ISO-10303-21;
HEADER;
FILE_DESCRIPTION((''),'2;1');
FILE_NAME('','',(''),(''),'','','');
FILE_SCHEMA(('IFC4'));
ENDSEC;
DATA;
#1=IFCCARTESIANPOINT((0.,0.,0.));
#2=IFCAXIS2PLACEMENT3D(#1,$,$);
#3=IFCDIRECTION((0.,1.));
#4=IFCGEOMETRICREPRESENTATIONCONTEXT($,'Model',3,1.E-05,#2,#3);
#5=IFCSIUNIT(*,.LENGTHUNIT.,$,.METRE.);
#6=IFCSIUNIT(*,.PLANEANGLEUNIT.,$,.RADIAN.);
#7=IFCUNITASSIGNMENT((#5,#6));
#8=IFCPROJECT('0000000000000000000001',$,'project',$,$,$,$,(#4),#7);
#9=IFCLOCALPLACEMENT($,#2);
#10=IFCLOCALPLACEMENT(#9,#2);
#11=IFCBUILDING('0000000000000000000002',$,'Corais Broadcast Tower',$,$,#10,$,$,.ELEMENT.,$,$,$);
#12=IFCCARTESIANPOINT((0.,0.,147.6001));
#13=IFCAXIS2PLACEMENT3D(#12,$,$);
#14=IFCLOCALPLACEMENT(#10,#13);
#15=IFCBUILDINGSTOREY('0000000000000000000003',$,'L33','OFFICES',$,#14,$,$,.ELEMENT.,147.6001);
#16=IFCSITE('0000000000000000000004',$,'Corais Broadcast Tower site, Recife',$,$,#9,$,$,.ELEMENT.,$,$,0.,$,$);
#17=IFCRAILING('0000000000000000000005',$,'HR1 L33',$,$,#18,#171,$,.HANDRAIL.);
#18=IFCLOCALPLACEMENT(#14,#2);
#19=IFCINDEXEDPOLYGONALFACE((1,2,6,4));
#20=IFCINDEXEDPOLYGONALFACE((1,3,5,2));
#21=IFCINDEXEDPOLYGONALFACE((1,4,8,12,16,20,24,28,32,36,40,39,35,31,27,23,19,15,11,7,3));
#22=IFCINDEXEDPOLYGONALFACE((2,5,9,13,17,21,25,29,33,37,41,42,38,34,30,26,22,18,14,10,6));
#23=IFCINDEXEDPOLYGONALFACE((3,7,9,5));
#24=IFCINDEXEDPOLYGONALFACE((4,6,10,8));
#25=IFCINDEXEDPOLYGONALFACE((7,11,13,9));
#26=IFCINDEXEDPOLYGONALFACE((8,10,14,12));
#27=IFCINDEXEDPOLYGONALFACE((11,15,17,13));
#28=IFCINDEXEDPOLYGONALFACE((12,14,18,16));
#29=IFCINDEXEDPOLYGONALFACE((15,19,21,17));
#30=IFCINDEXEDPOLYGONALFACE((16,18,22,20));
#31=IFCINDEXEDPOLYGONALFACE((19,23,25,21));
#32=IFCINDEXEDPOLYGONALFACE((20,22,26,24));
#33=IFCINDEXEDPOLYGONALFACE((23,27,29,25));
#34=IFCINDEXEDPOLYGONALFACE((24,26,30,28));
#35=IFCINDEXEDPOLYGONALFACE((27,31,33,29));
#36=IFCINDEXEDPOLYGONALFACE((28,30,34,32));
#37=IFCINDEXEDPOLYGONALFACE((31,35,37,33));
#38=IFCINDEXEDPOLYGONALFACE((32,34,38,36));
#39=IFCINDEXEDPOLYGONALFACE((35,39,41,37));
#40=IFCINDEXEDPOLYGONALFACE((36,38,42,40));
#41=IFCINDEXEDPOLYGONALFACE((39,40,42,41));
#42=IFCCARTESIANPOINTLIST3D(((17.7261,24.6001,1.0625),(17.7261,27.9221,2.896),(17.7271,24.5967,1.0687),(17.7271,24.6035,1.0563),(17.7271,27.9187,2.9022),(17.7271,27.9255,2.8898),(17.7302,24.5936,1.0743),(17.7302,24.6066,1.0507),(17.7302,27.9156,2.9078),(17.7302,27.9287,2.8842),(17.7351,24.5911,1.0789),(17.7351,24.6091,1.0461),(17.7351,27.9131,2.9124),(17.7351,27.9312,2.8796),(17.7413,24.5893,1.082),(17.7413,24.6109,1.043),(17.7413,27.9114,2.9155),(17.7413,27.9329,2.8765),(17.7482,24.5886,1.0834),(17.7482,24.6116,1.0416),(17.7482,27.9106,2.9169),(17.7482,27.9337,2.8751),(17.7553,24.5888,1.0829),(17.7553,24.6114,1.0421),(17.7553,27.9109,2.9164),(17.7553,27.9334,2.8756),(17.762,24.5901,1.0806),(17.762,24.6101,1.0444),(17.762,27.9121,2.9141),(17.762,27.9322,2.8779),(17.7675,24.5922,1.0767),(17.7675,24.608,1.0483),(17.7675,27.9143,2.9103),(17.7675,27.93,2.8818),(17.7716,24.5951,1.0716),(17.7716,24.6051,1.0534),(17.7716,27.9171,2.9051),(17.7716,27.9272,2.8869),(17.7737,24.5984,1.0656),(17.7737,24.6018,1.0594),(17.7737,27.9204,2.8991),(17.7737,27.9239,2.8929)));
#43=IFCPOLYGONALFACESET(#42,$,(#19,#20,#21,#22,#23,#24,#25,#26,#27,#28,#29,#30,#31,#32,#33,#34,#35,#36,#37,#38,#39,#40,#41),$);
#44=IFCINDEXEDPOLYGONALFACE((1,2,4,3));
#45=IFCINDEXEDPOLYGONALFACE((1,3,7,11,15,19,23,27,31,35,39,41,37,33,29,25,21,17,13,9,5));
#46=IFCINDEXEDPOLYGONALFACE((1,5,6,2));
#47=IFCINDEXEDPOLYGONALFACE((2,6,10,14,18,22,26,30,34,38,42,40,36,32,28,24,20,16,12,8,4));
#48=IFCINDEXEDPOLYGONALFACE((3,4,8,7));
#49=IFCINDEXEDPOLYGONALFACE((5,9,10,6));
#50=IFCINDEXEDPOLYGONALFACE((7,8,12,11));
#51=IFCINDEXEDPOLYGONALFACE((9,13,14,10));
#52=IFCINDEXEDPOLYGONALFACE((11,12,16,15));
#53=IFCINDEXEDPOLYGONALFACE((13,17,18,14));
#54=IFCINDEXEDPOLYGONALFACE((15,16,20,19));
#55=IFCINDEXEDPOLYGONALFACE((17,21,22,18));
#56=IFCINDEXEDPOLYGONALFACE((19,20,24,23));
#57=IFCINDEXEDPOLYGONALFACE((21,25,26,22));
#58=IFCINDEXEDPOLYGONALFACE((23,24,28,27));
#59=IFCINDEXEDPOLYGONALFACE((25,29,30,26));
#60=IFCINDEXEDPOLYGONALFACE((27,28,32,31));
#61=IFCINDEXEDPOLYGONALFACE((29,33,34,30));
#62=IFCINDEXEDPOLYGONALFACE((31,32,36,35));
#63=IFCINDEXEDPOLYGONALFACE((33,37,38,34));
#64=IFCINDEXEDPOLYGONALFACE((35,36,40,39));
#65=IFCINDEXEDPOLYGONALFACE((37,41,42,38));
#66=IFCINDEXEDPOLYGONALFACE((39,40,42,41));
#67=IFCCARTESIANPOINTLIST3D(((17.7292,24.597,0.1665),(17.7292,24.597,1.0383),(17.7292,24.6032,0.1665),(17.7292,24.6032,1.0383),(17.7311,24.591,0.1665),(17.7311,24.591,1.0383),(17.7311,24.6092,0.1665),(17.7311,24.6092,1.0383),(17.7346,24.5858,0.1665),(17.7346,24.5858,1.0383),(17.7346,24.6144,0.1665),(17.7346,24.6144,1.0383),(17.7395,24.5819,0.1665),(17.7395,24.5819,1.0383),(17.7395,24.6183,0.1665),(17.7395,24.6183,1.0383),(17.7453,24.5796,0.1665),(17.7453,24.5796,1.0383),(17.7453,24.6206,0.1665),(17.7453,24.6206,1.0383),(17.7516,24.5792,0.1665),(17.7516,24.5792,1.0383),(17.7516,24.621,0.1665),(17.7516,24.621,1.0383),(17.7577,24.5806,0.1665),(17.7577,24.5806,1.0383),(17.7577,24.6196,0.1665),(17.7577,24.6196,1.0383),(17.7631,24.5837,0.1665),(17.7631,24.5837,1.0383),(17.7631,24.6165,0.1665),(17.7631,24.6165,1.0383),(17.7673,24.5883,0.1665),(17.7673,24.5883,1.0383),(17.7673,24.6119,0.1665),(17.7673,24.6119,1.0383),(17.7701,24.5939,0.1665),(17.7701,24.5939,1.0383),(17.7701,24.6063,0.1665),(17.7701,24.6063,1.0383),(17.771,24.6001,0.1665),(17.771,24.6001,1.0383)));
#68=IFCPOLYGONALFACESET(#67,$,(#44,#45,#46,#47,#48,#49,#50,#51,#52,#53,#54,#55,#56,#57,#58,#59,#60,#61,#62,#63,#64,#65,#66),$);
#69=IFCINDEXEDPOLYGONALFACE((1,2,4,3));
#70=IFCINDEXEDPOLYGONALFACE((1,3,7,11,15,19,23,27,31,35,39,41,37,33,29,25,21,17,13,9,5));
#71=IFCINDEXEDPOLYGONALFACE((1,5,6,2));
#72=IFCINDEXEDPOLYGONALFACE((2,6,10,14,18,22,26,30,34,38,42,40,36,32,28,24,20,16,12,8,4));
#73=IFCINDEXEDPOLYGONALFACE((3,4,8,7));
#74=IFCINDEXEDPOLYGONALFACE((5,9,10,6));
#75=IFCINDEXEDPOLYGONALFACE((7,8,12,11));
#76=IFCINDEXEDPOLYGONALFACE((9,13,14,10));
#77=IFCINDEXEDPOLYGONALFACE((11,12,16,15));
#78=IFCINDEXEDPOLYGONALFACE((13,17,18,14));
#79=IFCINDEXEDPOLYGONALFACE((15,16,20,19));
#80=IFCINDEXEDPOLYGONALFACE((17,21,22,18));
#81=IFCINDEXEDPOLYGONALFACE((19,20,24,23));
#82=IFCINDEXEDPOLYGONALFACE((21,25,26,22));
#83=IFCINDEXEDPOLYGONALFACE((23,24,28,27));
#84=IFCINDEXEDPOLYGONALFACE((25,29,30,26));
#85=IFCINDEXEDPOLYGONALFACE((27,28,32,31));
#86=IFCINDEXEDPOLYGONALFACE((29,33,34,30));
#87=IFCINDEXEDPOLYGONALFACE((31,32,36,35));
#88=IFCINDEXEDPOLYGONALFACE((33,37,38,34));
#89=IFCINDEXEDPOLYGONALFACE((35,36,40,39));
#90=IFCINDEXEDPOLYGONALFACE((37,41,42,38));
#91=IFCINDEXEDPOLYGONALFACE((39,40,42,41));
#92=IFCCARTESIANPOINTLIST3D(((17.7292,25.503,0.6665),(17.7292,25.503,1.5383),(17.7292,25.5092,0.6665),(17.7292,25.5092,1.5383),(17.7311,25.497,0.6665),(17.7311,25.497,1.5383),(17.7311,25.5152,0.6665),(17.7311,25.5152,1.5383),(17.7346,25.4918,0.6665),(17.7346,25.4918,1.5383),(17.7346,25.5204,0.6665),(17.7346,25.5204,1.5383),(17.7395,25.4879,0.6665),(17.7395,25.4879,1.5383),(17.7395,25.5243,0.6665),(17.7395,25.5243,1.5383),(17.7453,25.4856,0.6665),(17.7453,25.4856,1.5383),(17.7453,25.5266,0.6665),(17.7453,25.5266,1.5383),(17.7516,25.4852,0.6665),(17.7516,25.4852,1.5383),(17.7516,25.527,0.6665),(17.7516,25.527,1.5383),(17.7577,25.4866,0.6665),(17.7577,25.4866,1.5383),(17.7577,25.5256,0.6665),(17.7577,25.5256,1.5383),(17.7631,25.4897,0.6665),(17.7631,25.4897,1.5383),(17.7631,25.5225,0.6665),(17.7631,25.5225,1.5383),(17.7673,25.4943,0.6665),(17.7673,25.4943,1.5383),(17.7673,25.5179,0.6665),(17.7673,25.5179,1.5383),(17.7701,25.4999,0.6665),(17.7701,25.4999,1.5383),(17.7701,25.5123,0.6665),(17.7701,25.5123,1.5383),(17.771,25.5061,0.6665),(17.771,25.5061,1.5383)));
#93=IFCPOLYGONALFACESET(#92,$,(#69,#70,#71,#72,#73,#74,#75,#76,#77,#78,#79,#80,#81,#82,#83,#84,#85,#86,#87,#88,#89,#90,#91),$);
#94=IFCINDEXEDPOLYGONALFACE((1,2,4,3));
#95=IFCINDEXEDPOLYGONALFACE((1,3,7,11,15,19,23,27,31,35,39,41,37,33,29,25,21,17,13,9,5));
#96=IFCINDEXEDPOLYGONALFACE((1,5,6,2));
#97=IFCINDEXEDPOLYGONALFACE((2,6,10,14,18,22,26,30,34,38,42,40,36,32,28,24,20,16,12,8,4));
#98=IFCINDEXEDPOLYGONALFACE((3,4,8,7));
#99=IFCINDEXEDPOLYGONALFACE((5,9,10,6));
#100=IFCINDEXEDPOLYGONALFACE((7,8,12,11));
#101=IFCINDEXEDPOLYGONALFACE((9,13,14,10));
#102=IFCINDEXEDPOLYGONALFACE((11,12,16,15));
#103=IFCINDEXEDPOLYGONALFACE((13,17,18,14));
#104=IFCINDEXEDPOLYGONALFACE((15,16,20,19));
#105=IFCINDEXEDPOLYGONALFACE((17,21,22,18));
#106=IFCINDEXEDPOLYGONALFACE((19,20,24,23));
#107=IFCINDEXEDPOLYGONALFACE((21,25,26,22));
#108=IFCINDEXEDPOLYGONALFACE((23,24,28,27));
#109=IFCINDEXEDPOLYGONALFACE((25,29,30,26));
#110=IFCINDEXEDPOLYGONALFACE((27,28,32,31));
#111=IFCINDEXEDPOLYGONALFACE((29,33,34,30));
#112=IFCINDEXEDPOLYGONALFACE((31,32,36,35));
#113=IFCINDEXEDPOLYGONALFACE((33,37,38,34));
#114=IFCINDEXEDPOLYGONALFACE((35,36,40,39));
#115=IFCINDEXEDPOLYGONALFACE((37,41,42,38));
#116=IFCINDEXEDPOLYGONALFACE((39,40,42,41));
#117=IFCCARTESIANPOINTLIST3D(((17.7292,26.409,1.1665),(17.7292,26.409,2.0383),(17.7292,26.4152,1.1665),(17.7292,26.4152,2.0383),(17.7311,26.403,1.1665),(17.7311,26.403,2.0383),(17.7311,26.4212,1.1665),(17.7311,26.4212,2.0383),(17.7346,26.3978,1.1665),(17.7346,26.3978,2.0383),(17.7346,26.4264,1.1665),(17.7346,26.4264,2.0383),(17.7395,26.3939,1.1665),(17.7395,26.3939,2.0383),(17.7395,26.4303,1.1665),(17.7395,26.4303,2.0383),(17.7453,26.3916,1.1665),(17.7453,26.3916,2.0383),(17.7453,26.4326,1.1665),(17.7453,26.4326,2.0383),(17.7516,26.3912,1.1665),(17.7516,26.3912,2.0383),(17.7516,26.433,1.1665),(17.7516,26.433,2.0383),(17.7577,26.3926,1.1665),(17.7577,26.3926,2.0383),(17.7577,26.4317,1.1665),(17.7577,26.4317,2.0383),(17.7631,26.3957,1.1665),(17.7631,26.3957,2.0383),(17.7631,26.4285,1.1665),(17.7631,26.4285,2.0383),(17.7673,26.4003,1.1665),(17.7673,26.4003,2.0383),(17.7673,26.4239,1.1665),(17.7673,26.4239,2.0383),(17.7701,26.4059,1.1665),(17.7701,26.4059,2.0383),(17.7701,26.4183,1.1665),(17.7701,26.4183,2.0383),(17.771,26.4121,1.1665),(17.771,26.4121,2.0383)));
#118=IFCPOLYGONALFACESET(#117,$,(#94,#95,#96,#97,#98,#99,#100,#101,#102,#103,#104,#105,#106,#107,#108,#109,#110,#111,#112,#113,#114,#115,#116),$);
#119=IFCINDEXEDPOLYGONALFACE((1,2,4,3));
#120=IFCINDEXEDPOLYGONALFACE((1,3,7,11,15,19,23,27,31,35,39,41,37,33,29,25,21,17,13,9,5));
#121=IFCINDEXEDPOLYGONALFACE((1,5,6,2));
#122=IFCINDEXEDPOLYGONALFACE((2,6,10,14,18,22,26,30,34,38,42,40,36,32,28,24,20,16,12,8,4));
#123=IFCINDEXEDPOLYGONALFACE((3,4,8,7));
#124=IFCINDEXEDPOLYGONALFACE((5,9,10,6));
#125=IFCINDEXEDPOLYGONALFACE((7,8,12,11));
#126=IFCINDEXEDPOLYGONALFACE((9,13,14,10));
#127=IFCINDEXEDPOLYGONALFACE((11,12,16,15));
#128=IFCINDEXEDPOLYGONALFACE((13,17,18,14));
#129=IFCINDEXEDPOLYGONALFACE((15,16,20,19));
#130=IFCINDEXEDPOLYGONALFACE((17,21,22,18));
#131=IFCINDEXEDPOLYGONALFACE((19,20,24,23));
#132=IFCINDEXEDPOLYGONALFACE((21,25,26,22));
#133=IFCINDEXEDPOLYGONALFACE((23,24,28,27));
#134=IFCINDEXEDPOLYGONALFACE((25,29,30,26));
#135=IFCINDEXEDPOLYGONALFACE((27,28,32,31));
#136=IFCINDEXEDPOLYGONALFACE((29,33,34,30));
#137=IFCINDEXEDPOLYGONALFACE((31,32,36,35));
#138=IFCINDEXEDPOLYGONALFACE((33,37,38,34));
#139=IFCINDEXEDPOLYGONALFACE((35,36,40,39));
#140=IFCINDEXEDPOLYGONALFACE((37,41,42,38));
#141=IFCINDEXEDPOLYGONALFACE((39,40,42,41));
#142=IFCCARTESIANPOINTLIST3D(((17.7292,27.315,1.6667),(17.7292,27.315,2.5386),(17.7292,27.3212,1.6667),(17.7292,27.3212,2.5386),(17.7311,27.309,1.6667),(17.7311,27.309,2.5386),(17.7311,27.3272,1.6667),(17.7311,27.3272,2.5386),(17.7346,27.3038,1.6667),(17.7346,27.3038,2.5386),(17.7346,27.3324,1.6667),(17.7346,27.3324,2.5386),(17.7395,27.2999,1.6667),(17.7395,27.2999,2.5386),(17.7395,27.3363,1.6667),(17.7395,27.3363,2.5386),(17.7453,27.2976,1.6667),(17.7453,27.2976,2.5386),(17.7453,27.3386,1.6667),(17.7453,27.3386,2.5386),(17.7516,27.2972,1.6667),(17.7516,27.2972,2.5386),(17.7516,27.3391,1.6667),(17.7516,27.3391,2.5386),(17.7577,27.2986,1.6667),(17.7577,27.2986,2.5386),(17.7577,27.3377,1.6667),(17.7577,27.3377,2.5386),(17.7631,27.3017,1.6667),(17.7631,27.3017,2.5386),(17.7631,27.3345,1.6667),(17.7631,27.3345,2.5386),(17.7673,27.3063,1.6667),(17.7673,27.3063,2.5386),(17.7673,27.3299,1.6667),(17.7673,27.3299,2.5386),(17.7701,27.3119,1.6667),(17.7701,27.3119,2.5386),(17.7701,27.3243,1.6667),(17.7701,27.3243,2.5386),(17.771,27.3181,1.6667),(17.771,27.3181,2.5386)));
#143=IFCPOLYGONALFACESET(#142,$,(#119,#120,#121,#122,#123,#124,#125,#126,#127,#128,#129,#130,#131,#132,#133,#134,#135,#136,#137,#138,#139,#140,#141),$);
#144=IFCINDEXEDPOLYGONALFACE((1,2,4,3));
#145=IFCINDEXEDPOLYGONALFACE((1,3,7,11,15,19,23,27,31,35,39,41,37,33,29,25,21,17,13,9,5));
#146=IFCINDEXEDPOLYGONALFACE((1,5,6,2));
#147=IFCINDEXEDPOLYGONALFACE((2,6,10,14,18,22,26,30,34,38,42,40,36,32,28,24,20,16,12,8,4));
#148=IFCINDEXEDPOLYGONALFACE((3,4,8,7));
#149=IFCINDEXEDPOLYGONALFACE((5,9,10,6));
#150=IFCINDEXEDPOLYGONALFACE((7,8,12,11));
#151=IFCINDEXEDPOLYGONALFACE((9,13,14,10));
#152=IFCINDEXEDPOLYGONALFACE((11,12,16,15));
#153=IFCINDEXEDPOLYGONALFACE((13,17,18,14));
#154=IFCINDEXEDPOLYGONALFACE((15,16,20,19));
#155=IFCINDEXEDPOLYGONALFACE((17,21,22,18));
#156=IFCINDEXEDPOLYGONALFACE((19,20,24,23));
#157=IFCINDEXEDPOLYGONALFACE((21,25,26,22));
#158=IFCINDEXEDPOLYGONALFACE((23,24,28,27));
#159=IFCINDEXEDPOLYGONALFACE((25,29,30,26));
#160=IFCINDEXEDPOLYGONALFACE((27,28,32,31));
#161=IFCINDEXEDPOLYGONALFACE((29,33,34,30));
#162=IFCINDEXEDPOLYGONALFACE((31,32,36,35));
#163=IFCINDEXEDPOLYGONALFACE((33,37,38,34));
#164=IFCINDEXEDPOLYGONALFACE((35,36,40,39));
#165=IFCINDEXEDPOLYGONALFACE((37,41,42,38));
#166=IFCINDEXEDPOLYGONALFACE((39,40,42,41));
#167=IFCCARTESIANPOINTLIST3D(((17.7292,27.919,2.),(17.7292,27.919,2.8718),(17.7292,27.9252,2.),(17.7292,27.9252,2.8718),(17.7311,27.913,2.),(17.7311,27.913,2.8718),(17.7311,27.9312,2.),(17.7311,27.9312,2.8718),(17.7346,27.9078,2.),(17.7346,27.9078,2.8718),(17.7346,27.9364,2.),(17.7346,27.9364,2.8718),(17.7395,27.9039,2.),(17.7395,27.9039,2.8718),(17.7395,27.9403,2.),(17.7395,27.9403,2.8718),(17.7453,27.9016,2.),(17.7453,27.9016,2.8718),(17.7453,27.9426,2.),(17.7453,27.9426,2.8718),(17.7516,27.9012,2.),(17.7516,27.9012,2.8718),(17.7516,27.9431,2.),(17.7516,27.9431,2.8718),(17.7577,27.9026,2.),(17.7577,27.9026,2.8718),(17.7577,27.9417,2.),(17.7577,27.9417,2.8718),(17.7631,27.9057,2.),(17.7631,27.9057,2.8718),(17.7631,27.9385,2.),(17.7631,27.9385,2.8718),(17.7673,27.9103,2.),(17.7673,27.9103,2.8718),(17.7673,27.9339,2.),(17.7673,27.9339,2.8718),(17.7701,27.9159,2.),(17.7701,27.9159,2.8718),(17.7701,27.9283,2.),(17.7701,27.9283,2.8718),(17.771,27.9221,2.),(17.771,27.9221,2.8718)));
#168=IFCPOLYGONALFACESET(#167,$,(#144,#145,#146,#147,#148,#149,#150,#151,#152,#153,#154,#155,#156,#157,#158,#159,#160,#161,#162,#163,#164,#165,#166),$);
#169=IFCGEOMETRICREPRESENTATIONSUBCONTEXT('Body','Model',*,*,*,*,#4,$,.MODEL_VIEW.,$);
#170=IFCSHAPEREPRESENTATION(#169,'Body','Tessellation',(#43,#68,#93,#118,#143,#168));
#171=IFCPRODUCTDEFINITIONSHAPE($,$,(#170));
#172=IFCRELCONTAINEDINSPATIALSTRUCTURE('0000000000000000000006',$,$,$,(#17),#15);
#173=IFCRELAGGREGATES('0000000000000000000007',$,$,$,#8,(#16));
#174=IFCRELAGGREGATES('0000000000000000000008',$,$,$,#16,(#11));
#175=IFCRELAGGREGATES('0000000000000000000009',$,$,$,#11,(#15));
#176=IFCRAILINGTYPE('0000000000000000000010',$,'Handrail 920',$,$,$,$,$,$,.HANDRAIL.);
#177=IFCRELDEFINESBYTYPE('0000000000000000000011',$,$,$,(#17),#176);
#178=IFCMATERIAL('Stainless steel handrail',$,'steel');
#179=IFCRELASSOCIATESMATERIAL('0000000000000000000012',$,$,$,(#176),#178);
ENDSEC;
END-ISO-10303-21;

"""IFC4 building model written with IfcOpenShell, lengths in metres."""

from ifc_helpers import new_model, si_unit, direction, frame, origin, origin_2d, place, context, subcontext, project, spatial, circle, extrude, material, type_object, element, save


model = new_model("IFC4")

# Units and contexts
model_context = context("Model", 3, precision=1e-05, world=origin(), true_north=direction((0.0, 1.0)))
body_context = subcontext(model_context, "Body", "Model", "MODEL_VIEW")
ifc_project = project(units=[si_unit("LENGTHUNIT", "METRE"), si_unit("PLANEANGLEUNIT", "RADIAN")], contexts=[model_context])

# Site, building, storey
site_placement = place(None, origin())
site = spatial("IfcSite", under=ifc_project, at=site_placement, Name="Corais Broadcast Tower site, Recife", CompositionType="ELEMENT", RefElevation=0.0)
building_placement = place(site_placement, origin())
building = spatial("IfcBuilding", under=site, at=building_placement, Name="Corais Broadcast Tower", CompositionType="ELEMENT")
storey_placement = place(building_placement, frame((0.0, 0.0, 147.6001)))
storey = spatial("IfcBuildingStorey", under=building, at=storey_placement, Name="L33", Description="OFFICES", CompositionType="ELEMENT", Elevation=147.6001)

# Railing
ifc_material_1 = material(Name="Stainless steel handrail", Category="steel")
railing_type = type_object("IfcRailingType", Name="Handrail 920", PredefinedType="HANDRAIL", material=ifc_material_1)
for number, where, name in (
    (1, (17.75, 24.6001, 0.1665), "HR1 L33"),
):
    element("IfcRailing", number, at=place(storey_placement, frame(where)), inside=storey, type_object=railing_type, Name=name, PredefinedType="HANDRAIL", context=body_context, shape_type="SweptSolid", body=[
        extrude(circle(Radius=0.0239, at=origin_2d()), frame((0.0, 0.0, 0.896), z_axis=(0.0, 0.875504, 0.48321), x_axis=(-1.0, 0.0, 0.0)), (0.0, 0.0, 1.0), 3.7944),
        extrude(circle(Radius=0.021, at=origin_2d()), origin(), (0.0, 0.0, 1.0), 0.8718),
        extrude(circle(Radius=0.021, at=origin_2d()), frame((0.0, 0.906, 0.5)), (0.0, 0.0, 1.0), 0.8718),
        extrude(circle(Radius=0.021, at=origin_2d()), frame((0.0, 1.812, 1.0)), (0.0, 0.0, 1.0), 0.8718),
        extrude(circle(Radius=0.021, at=origin_2d()), frame((0.0, 2.718, 1.5002)), (0.0, 0.0, 1.0), 0.8718),
        extrude(circle(Radius=0.021, at=origin_2d()), frame((0.0, 3.322, 1.8335)), (0.0, 0.0, 1.0), 0.8718),
    ])

save(model, "model.ifc")
